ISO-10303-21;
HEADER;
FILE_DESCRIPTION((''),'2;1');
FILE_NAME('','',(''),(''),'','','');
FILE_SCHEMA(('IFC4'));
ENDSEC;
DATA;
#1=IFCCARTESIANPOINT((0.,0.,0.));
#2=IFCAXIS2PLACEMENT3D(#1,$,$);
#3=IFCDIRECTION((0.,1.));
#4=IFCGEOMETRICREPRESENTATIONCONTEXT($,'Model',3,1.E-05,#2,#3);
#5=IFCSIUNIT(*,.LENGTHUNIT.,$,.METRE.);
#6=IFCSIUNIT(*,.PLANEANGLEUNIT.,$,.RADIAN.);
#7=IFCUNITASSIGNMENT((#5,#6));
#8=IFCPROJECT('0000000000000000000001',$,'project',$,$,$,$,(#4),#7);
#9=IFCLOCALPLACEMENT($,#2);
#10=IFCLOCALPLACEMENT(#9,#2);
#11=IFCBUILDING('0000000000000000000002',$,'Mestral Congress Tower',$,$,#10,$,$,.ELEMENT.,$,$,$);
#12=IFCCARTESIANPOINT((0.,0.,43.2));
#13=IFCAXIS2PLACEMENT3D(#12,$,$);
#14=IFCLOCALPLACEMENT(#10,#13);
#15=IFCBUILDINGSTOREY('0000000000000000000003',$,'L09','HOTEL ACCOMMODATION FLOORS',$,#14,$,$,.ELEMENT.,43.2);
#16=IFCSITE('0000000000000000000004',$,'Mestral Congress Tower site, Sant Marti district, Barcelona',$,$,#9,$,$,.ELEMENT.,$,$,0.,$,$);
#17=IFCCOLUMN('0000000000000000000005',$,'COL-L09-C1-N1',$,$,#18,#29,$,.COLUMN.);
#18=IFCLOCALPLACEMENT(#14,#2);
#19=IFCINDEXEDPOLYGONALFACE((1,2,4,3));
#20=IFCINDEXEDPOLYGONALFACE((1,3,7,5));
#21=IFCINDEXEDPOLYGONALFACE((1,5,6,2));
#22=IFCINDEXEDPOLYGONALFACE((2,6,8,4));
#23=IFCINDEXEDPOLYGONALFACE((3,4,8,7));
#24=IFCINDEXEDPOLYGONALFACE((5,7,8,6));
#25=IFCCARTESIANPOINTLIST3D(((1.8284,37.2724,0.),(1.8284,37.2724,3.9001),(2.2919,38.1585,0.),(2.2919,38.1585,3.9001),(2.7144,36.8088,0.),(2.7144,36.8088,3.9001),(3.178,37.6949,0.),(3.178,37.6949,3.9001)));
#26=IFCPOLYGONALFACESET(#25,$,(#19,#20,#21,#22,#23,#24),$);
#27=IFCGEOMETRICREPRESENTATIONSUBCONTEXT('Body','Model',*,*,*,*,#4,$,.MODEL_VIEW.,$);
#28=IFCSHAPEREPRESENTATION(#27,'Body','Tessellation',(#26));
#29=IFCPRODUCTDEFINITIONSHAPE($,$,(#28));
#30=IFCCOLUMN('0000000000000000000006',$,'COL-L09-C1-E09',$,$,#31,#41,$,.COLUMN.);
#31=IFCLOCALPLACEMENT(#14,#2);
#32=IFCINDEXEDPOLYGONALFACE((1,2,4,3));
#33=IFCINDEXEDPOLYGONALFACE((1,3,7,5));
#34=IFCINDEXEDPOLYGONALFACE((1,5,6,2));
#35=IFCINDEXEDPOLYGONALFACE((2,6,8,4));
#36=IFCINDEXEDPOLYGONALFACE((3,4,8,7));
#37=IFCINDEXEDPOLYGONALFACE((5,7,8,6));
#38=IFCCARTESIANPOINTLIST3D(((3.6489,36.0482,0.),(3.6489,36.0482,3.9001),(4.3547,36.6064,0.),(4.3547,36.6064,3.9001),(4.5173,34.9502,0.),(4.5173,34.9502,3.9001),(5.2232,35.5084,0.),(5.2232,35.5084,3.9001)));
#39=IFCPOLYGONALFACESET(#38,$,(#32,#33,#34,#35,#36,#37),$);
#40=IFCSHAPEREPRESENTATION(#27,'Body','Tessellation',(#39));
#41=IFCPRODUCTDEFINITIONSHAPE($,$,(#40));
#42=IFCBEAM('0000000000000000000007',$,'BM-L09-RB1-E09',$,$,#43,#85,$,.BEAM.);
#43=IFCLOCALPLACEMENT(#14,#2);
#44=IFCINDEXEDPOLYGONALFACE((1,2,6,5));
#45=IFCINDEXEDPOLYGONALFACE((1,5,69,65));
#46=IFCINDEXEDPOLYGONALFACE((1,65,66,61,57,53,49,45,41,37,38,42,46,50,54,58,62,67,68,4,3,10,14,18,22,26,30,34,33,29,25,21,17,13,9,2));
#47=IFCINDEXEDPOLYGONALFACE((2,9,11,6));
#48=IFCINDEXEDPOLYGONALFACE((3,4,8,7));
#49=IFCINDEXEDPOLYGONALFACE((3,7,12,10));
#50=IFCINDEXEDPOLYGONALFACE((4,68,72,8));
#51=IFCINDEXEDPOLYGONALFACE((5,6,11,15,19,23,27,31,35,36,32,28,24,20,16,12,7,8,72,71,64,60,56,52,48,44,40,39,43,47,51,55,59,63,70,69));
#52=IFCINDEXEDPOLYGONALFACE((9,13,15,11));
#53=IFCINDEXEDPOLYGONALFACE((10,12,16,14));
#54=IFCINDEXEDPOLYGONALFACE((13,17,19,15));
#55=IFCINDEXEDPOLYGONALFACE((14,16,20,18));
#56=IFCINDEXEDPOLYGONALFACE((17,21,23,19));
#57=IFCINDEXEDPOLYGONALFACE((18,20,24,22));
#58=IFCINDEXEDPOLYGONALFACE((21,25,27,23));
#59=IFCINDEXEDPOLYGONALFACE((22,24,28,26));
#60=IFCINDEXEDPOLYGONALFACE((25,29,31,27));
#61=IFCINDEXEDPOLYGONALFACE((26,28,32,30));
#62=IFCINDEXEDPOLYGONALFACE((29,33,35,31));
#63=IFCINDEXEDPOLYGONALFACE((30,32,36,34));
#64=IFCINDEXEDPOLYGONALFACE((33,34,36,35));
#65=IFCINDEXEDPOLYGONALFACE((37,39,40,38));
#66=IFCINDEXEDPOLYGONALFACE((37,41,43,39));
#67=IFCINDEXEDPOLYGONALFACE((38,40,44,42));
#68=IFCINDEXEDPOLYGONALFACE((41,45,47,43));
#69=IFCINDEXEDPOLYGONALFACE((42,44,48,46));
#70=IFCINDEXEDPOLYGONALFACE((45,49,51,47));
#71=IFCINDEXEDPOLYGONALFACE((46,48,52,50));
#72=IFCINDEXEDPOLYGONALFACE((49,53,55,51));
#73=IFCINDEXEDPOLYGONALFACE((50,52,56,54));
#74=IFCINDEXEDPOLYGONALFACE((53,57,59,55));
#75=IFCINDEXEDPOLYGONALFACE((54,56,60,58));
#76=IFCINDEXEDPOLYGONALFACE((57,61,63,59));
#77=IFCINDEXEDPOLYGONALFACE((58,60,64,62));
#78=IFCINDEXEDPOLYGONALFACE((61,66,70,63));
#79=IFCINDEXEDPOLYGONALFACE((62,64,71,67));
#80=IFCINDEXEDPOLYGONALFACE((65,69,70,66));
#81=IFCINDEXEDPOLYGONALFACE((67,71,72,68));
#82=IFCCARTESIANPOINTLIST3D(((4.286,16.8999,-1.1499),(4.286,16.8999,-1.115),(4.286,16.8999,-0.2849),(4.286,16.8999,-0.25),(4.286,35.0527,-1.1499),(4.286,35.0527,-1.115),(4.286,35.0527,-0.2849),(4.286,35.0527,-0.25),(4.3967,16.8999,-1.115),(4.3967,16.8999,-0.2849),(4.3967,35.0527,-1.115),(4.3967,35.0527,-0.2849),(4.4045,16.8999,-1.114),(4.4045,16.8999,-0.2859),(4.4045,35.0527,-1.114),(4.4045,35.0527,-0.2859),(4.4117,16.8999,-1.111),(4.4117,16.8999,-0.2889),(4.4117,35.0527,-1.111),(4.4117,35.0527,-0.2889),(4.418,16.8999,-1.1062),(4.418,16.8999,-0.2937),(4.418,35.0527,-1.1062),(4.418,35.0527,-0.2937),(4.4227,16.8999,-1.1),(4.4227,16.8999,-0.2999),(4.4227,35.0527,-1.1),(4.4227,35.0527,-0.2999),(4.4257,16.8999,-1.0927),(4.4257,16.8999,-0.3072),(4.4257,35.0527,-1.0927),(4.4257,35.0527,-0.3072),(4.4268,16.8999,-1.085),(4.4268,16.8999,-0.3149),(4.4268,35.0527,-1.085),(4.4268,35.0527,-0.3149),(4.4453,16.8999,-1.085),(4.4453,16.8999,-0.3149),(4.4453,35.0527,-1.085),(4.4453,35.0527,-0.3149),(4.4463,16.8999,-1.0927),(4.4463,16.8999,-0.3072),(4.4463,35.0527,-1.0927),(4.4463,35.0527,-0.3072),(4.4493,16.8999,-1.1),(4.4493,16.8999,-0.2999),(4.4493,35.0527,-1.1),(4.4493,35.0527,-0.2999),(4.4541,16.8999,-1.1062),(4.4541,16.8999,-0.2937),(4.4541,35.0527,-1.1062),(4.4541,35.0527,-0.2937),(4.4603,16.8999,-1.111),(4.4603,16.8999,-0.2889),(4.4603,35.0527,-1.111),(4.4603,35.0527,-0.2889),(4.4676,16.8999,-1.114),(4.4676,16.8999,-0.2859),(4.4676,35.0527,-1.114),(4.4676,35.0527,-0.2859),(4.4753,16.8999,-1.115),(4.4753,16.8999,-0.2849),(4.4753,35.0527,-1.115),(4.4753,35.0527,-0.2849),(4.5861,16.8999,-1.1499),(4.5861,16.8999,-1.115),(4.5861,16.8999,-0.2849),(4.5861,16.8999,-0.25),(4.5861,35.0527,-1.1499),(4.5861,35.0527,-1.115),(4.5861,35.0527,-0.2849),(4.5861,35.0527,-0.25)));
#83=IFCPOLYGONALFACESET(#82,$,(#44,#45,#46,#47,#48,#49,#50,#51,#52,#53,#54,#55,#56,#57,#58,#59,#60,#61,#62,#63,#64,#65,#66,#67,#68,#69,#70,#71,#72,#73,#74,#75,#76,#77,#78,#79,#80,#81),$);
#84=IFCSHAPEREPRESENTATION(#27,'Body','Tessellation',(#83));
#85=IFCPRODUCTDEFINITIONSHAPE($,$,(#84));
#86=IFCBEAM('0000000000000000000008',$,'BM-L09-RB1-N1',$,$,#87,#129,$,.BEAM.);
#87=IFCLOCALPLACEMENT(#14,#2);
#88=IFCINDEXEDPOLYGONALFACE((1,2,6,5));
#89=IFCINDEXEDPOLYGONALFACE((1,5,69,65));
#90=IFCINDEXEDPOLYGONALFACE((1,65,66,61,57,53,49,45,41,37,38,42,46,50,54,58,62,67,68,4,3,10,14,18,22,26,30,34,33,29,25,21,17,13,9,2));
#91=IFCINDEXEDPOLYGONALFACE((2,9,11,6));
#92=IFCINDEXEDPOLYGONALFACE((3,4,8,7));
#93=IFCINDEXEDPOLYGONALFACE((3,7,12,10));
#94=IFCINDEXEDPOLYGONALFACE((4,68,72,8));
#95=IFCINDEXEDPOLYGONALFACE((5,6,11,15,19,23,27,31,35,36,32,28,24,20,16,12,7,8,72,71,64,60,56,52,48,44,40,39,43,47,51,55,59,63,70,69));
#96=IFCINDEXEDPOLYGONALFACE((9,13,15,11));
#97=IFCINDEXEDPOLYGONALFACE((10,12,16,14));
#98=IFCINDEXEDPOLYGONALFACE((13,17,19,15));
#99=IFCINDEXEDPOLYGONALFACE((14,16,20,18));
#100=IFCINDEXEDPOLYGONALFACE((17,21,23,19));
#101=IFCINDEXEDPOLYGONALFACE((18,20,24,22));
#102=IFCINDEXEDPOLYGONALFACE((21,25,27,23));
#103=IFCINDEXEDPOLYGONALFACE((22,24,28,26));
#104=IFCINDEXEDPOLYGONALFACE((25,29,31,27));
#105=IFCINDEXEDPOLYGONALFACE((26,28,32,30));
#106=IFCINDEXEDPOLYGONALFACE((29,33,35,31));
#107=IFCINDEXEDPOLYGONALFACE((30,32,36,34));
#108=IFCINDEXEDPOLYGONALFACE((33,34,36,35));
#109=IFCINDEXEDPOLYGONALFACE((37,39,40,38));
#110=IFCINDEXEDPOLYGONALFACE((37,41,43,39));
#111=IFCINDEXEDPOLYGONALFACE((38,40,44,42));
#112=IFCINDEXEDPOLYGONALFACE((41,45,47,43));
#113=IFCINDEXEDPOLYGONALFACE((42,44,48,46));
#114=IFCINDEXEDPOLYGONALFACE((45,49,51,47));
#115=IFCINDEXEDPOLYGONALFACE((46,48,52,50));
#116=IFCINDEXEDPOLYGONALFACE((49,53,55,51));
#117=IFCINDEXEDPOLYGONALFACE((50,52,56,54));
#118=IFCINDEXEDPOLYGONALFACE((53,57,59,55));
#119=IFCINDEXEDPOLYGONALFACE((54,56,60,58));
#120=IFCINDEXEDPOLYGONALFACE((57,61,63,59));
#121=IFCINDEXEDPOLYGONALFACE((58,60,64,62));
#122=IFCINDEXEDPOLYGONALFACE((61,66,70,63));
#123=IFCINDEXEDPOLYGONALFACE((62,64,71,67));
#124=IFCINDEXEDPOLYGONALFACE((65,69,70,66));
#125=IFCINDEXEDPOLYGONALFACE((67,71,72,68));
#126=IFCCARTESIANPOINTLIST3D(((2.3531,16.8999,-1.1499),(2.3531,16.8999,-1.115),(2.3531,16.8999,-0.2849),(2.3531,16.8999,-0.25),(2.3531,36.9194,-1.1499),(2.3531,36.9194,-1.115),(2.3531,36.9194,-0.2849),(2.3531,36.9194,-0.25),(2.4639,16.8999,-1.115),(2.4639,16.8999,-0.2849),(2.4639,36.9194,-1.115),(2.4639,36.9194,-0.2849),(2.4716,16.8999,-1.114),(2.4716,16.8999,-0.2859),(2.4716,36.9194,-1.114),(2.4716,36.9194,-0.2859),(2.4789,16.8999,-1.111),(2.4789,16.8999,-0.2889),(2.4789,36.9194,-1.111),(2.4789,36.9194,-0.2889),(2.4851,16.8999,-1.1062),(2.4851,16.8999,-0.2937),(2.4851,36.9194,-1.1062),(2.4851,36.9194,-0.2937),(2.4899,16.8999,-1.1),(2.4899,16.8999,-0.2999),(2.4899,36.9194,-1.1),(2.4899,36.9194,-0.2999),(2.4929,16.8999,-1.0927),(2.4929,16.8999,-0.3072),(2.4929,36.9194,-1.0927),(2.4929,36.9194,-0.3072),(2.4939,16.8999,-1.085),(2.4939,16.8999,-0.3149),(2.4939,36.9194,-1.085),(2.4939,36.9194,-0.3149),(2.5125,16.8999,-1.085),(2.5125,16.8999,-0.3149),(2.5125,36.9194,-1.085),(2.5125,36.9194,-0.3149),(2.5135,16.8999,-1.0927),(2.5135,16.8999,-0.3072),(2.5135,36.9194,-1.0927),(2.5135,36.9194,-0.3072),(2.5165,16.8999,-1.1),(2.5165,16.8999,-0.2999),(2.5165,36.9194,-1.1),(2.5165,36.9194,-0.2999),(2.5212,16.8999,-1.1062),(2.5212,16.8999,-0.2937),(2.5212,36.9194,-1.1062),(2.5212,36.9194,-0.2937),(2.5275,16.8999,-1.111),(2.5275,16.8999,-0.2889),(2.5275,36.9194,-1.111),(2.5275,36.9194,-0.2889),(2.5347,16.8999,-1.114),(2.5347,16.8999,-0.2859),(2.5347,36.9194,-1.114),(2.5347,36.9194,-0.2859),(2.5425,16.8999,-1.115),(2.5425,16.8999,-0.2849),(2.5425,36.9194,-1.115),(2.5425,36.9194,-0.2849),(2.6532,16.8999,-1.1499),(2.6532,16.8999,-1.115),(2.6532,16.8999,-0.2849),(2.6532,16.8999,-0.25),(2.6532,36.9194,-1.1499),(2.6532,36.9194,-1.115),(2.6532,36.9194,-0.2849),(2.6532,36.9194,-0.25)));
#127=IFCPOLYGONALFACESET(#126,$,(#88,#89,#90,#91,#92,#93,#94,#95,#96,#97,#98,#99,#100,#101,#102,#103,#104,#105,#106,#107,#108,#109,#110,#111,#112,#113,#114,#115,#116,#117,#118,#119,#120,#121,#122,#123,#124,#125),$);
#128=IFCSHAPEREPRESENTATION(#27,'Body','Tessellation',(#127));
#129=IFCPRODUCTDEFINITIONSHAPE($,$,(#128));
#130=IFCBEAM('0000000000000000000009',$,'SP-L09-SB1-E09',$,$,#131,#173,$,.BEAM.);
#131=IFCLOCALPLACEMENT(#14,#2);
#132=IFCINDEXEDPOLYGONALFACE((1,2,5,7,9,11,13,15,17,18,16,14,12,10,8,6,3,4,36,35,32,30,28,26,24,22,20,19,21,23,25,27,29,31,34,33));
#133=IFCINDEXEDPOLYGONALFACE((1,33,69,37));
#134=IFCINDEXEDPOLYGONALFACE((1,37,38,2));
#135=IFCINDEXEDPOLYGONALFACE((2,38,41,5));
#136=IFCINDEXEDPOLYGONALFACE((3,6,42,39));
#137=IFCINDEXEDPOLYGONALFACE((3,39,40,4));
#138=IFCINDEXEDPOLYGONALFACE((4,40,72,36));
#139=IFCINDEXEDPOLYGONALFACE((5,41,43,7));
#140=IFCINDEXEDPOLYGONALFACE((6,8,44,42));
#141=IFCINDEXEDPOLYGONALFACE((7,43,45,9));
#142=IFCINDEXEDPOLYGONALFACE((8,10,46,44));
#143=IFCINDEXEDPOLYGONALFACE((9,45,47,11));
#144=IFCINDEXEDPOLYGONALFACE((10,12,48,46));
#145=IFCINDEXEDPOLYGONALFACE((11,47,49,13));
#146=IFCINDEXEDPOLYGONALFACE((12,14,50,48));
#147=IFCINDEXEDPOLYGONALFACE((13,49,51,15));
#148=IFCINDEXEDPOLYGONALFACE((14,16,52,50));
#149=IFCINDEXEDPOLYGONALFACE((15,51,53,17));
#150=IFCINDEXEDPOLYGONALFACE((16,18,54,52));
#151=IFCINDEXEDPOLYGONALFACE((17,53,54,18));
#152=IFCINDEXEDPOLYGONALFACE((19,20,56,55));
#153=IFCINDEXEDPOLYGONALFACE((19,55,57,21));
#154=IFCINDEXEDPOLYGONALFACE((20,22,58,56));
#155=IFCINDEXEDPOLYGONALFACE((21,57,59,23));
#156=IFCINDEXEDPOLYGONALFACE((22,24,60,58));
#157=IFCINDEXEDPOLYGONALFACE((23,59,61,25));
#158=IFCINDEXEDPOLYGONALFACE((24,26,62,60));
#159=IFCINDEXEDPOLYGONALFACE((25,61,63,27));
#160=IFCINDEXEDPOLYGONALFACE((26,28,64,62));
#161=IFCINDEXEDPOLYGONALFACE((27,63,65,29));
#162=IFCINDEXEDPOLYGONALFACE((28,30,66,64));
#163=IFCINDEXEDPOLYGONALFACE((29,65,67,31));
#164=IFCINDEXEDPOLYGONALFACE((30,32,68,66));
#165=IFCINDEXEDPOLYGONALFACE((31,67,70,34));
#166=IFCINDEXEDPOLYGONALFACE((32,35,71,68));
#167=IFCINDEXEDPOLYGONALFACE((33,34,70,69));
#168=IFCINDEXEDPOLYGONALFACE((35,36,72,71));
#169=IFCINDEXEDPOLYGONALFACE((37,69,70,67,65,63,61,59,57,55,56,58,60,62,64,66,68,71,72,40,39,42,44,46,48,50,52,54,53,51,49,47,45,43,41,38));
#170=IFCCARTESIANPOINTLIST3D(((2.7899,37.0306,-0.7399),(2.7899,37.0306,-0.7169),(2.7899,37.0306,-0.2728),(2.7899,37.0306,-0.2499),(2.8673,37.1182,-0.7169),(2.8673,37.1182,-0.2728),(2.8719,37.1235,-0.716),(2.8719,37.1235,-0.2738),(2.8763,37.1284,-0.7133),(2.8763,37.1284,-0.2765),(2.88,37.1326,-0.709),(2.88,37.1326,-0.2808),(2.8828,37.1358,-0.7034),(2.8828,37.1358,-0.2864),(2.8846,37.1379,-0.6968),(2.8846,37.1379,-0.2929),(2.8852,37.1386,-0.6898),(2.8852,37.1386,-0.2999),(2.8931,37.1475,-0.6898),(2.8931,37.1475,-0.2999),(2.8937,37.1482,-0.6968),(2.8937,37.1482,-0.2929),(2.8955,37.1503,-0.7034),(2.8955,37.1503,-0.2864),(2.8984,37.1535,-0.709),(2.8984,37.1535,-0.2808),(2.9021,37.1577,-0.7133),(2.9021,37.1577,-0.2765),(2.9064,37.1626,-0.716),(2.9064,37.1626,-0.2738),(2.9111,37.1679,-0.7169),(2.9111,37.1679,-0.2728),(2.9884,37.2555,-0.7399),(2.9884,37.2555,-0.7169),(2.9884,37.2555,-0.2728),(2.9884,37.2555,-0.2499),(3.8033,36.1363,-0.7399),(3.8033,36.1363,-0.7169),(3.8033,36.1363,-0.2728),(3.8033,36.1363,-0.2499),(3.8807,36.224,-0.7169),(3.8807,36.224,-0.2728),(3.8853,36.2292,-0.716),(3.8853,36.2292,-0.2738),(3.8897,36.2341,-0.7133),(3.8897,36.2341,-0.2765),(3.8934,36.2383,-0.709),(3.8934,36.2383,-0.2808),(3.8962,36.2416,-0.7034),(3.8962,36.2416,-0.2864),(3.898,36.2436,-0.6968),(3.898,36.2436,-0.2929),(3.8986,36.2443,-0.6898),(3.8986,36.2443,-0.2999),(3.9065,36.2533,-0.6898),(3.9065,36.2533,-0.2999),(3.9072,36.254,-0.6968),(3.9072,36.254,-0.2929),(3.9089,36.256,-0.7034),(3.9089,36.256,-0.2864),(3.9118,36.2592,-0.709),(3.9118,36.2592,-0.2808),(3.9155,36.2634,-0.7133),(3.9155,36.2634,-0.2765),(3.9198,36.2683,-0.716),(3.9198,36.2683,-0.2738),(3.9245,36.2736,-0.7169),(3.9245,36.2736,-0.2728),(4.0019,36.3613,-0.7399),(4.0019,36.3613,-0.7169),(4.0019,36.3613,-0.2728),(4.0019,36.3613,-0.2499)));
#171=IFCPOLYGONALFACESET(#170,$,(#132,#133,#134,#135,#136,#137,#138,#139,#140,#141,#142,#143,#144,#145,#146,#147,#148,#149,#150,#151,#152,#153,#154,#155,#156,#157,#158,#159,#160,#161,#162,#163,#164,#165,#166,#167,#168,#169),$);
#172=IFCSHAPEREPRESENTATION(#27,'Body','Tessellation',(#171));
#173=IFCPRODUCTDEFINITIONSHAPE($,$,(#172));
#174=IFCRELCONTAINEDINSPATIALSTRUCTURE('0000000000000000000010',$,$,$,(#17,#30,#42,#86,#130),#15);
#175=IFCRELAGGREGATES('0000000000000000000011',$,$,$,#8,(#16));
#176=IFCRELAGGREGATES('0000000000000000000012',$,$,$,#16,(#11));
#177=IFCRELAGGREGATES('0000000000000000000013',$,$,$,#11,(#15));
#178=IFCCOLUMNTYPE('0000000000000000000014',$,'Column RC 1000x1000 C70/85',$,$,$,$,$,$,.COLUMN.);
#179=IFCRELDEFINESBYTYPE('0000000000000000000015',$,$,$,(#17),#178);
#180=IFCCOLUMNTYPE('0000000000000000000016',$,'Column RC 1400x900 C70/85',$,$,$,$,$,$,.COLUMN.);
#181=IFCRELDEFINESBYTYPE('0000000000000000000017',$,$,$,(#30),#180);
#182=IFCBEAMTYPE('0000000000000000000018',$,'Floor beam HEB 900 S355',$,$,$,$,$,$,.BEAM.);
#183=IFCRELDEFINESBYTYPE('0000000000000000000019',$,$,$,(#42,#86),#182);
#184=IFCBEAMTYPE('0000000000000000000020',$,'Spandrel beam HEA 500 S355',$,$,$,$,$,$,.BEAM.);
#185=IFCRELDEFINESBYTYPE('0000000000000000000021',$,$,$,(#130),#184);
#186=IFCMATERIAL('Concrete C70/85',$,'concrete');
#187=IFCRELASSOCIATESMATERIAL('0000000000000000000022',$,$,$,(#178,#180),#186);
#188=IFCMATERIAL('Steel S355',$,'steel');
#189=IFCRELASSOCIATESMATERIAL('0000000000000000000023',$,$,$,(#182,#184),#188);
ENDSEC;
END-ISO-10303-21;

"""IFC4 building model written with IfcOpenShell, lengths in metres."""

from ifc_helpers import new_model, si_unit, direction, frame, origin, origin_2d, place, context, subcontext, project, spatial, rectangle, i_section, extrude, material, material_profile, profile_set, type_object, element, save


model = new_model("IFC4")

# Units and contexts
model_context = context("Model", 3, precision=1e-05, world=origin(), true_north=direction((0.0, 1.0)))
body_context = subcontext(model_context, "Body", "Model", "MODEL_VIEW")
ifc_project = project(units=[si_unit("LENGTHUNIT", "METRE"), si_unit("PLANEANGLEUNIT", "RADIAN")], contexts=[model_context])

# Site, building, storey
site_placement = place(None, origin())
site = spatial("IfcSite", under=ifc_project, at=site_placement, Name="Mestral Congress Tower site, Sant Marti district, Barcelona", CompositionType="ELEMENT", RefElevation=0.0)
building_placement = place(site_placement, origin())
building = spatial("IfcBuilding", under=site, at=building_placement, Name="Mestral Congress Tower", CompositionType="ELEMENT")
storey_placement = place(building_placement, frame((0.0, 0.0, 43.2)))
storey = spatial("IfcBuildingStorey", under=building, at=storey_placement, Name="L09", Description="HOTEL ACCOMMODATION FLOORS", CompositionType="ELEMENT", Elevation=43.2)

# Columns
ifc_material_1 = material(Name="Concrete C70/85", Category="concrete")
ifc_material_profile_1 = material_profile(ifc_material_1, rectangle(XDim=1.0, YDim=1.0, at=origin_2d()), Name="RC 1000x1000")
ifc_profile_set_1 = profile_set([ifc_material_profile_1], Name="Concrete C70/85")
column_type_1 = type_object("IfcColumnType", Name="Column RC 1000x1000 C70/85", PredefinedType="COLUMN", material=ifc_profile_set_1)
column_1_placement = place(storey_placement, frame((2.5032, 37.4836, 0.0), z_axis=(0.0, 0.0, 1.0), x_axis=(-0.886068, 0.463556, 0.0)))
element("IfcColumn", 1, at=column_1_placement, inside=storey, type_object=column_type_1, Name="COL-L09-C1-N1", PredefinedType="COLUMN", context=body_context, shape_type="SweptSolid", body=[
    extrude(rectangle(XDim=1.0, YDim=1.0, at=origin_2d()), origin(), (0.0, 0.0, 1.0), 3.9001),
])
ifc_material_profile_2 = material_profile(ifc_material_1, rectangle(XDim=1.3999, YDim=0.8999, at=origin_2d()), Name="RC 1400x900")
ifc_profile_set_2 = profile_set([ifc_material_profile_2], Name="Concrete C70/85")
column_type_2 = type_object("IfcColumnType", Name="Column RC 1400x900 C70/85", PredefinedType="COLUMN", material=ifc_profile_set_2)
column_2_placement = place(storey_placement, frame((4.436, 35.7783, 0.0), z_axis=(0.0, 0.0, 1.0), x_axis=(-0.620334, 0.784338, 0.0)))
element("IfcColumn", 2, at=column_2_placement, inside=storey, type_object=column_type_2, Name="COL-L09-C1-E09", PredefinedType="COLUMN", context=body_context, shape_type="SweptSolid", body=[
    extrude(rectangle(XDim=1.3999, YDim=0.8999, at=origin_2d()), origin(), (0.0, 0.0, 1.0), 3.9001),
])

# Beams
ifc_material_2 = material(Name="Steel S355", Category="steel")
ifc_material_profile_3 = material_profile(ifc_material_2, i_section(OverallWidth=0.3, OverallDepth=0.8999, WebThickness=0.0186, FlangeThickness=0.0349, FilletRadius=0.03, at=origin_2d()), Name="HEB 900")
ifc_profile_set_3 = profile_set([ifc_material_profile_3], Name="Steel S355")
beam_type_1 = type_object("IfcBeamType", Name="Floor beam HEB 900 S355", PredefinedType="BEAM", material=ifc_profile_set_3)
beam_1_placement = place(storey_placement, frame((4.436, 35.0527, -0.7), z_axis=(0.0, -1.0, 0.0), x_axis=(1.0, 0.0, 0.0)))
element("IfcBeam", 3, at=beam_1_placement, inside=storey, type_object=beam_type_1, Name="BM-L09-RB1-E09", PredefinedType="BEAM", context=body_context, shape_type="SweptSolid", body=[
    extrude(i_section(OverallWidth=0.3, OverallDepth=0.8999, WebThickness=0.0186, FlangeThickness=0.0349, FilletRadius=0.03, at=origin_2d()), origin(), (0.0, 0.0, 1.0), 18.1528),
])
beam_2_placement = place(storey_placement, frame((2.5032, 36.9194, -0.7), z_axis=(0.0, -1.0, 0.0), x_axis=(1.0, 0.0, 0.0)))
element("IfcBeam", 4, at=beam_2_placement, inside=storey, type_object=beam_type_1, Name="BM-L09-RB1-N1", PredefinedType="BEAM", context=body_context, shape_type="SweptSolid", body=[
    extrude(i_section(OverallWidth=0.3, OverallDepth=0.8999, WebThickness=0.0186, FlangeThickness=0.0349, FilletRadius=0.03, at=origin_2d()), origin(), (0.0, 0.0, 1.0), 20.0195),
])
ifc_material_profile_4 = material_profile(ifc_material_2, i_section(OverallWidth=0.3, OverallDepth=0.49, WebThickness=0.012, FlangeThickness=0.0229, FilletRadius=0.0271, at=origin_2d()), Name="HEA 500")
ifc_profile_set_4 = profile_set([ifc_material_profile_4], Name="Steel S355")
beam_type_2 = type_object("IfcBeamType", Name="Spandrel beam HEA 500 S355", PredefinedType="BEAM", material=ifc_profile_set_4)
beam_3_placement = place(storey_placement, frame((3.9026, 36.2488, -0.4949), z_axis=(-0.749806, 0.661657, 0.0), x_axis=(-0.661657, -0.749806, 0.0)))
element("IfcBeam", 5, at=beam_3_placement, inside=storey, type_object=beam_type_2, Name="SP-L09-SB1-E09", PredefinedType="BEAM", context=body_context, shape_type="SweptSolid", body=[
    extrude(i_section(OverallWidth=0.3, OverallDepth=0.49, WebThickness=0.012, FlangeThickness=0.0229, FilletRadius=0.0271, at=origin_2d()), origin(), (0.0, 0.0, 1.0), 1.3516),
])

save(model, "model.ifc")
